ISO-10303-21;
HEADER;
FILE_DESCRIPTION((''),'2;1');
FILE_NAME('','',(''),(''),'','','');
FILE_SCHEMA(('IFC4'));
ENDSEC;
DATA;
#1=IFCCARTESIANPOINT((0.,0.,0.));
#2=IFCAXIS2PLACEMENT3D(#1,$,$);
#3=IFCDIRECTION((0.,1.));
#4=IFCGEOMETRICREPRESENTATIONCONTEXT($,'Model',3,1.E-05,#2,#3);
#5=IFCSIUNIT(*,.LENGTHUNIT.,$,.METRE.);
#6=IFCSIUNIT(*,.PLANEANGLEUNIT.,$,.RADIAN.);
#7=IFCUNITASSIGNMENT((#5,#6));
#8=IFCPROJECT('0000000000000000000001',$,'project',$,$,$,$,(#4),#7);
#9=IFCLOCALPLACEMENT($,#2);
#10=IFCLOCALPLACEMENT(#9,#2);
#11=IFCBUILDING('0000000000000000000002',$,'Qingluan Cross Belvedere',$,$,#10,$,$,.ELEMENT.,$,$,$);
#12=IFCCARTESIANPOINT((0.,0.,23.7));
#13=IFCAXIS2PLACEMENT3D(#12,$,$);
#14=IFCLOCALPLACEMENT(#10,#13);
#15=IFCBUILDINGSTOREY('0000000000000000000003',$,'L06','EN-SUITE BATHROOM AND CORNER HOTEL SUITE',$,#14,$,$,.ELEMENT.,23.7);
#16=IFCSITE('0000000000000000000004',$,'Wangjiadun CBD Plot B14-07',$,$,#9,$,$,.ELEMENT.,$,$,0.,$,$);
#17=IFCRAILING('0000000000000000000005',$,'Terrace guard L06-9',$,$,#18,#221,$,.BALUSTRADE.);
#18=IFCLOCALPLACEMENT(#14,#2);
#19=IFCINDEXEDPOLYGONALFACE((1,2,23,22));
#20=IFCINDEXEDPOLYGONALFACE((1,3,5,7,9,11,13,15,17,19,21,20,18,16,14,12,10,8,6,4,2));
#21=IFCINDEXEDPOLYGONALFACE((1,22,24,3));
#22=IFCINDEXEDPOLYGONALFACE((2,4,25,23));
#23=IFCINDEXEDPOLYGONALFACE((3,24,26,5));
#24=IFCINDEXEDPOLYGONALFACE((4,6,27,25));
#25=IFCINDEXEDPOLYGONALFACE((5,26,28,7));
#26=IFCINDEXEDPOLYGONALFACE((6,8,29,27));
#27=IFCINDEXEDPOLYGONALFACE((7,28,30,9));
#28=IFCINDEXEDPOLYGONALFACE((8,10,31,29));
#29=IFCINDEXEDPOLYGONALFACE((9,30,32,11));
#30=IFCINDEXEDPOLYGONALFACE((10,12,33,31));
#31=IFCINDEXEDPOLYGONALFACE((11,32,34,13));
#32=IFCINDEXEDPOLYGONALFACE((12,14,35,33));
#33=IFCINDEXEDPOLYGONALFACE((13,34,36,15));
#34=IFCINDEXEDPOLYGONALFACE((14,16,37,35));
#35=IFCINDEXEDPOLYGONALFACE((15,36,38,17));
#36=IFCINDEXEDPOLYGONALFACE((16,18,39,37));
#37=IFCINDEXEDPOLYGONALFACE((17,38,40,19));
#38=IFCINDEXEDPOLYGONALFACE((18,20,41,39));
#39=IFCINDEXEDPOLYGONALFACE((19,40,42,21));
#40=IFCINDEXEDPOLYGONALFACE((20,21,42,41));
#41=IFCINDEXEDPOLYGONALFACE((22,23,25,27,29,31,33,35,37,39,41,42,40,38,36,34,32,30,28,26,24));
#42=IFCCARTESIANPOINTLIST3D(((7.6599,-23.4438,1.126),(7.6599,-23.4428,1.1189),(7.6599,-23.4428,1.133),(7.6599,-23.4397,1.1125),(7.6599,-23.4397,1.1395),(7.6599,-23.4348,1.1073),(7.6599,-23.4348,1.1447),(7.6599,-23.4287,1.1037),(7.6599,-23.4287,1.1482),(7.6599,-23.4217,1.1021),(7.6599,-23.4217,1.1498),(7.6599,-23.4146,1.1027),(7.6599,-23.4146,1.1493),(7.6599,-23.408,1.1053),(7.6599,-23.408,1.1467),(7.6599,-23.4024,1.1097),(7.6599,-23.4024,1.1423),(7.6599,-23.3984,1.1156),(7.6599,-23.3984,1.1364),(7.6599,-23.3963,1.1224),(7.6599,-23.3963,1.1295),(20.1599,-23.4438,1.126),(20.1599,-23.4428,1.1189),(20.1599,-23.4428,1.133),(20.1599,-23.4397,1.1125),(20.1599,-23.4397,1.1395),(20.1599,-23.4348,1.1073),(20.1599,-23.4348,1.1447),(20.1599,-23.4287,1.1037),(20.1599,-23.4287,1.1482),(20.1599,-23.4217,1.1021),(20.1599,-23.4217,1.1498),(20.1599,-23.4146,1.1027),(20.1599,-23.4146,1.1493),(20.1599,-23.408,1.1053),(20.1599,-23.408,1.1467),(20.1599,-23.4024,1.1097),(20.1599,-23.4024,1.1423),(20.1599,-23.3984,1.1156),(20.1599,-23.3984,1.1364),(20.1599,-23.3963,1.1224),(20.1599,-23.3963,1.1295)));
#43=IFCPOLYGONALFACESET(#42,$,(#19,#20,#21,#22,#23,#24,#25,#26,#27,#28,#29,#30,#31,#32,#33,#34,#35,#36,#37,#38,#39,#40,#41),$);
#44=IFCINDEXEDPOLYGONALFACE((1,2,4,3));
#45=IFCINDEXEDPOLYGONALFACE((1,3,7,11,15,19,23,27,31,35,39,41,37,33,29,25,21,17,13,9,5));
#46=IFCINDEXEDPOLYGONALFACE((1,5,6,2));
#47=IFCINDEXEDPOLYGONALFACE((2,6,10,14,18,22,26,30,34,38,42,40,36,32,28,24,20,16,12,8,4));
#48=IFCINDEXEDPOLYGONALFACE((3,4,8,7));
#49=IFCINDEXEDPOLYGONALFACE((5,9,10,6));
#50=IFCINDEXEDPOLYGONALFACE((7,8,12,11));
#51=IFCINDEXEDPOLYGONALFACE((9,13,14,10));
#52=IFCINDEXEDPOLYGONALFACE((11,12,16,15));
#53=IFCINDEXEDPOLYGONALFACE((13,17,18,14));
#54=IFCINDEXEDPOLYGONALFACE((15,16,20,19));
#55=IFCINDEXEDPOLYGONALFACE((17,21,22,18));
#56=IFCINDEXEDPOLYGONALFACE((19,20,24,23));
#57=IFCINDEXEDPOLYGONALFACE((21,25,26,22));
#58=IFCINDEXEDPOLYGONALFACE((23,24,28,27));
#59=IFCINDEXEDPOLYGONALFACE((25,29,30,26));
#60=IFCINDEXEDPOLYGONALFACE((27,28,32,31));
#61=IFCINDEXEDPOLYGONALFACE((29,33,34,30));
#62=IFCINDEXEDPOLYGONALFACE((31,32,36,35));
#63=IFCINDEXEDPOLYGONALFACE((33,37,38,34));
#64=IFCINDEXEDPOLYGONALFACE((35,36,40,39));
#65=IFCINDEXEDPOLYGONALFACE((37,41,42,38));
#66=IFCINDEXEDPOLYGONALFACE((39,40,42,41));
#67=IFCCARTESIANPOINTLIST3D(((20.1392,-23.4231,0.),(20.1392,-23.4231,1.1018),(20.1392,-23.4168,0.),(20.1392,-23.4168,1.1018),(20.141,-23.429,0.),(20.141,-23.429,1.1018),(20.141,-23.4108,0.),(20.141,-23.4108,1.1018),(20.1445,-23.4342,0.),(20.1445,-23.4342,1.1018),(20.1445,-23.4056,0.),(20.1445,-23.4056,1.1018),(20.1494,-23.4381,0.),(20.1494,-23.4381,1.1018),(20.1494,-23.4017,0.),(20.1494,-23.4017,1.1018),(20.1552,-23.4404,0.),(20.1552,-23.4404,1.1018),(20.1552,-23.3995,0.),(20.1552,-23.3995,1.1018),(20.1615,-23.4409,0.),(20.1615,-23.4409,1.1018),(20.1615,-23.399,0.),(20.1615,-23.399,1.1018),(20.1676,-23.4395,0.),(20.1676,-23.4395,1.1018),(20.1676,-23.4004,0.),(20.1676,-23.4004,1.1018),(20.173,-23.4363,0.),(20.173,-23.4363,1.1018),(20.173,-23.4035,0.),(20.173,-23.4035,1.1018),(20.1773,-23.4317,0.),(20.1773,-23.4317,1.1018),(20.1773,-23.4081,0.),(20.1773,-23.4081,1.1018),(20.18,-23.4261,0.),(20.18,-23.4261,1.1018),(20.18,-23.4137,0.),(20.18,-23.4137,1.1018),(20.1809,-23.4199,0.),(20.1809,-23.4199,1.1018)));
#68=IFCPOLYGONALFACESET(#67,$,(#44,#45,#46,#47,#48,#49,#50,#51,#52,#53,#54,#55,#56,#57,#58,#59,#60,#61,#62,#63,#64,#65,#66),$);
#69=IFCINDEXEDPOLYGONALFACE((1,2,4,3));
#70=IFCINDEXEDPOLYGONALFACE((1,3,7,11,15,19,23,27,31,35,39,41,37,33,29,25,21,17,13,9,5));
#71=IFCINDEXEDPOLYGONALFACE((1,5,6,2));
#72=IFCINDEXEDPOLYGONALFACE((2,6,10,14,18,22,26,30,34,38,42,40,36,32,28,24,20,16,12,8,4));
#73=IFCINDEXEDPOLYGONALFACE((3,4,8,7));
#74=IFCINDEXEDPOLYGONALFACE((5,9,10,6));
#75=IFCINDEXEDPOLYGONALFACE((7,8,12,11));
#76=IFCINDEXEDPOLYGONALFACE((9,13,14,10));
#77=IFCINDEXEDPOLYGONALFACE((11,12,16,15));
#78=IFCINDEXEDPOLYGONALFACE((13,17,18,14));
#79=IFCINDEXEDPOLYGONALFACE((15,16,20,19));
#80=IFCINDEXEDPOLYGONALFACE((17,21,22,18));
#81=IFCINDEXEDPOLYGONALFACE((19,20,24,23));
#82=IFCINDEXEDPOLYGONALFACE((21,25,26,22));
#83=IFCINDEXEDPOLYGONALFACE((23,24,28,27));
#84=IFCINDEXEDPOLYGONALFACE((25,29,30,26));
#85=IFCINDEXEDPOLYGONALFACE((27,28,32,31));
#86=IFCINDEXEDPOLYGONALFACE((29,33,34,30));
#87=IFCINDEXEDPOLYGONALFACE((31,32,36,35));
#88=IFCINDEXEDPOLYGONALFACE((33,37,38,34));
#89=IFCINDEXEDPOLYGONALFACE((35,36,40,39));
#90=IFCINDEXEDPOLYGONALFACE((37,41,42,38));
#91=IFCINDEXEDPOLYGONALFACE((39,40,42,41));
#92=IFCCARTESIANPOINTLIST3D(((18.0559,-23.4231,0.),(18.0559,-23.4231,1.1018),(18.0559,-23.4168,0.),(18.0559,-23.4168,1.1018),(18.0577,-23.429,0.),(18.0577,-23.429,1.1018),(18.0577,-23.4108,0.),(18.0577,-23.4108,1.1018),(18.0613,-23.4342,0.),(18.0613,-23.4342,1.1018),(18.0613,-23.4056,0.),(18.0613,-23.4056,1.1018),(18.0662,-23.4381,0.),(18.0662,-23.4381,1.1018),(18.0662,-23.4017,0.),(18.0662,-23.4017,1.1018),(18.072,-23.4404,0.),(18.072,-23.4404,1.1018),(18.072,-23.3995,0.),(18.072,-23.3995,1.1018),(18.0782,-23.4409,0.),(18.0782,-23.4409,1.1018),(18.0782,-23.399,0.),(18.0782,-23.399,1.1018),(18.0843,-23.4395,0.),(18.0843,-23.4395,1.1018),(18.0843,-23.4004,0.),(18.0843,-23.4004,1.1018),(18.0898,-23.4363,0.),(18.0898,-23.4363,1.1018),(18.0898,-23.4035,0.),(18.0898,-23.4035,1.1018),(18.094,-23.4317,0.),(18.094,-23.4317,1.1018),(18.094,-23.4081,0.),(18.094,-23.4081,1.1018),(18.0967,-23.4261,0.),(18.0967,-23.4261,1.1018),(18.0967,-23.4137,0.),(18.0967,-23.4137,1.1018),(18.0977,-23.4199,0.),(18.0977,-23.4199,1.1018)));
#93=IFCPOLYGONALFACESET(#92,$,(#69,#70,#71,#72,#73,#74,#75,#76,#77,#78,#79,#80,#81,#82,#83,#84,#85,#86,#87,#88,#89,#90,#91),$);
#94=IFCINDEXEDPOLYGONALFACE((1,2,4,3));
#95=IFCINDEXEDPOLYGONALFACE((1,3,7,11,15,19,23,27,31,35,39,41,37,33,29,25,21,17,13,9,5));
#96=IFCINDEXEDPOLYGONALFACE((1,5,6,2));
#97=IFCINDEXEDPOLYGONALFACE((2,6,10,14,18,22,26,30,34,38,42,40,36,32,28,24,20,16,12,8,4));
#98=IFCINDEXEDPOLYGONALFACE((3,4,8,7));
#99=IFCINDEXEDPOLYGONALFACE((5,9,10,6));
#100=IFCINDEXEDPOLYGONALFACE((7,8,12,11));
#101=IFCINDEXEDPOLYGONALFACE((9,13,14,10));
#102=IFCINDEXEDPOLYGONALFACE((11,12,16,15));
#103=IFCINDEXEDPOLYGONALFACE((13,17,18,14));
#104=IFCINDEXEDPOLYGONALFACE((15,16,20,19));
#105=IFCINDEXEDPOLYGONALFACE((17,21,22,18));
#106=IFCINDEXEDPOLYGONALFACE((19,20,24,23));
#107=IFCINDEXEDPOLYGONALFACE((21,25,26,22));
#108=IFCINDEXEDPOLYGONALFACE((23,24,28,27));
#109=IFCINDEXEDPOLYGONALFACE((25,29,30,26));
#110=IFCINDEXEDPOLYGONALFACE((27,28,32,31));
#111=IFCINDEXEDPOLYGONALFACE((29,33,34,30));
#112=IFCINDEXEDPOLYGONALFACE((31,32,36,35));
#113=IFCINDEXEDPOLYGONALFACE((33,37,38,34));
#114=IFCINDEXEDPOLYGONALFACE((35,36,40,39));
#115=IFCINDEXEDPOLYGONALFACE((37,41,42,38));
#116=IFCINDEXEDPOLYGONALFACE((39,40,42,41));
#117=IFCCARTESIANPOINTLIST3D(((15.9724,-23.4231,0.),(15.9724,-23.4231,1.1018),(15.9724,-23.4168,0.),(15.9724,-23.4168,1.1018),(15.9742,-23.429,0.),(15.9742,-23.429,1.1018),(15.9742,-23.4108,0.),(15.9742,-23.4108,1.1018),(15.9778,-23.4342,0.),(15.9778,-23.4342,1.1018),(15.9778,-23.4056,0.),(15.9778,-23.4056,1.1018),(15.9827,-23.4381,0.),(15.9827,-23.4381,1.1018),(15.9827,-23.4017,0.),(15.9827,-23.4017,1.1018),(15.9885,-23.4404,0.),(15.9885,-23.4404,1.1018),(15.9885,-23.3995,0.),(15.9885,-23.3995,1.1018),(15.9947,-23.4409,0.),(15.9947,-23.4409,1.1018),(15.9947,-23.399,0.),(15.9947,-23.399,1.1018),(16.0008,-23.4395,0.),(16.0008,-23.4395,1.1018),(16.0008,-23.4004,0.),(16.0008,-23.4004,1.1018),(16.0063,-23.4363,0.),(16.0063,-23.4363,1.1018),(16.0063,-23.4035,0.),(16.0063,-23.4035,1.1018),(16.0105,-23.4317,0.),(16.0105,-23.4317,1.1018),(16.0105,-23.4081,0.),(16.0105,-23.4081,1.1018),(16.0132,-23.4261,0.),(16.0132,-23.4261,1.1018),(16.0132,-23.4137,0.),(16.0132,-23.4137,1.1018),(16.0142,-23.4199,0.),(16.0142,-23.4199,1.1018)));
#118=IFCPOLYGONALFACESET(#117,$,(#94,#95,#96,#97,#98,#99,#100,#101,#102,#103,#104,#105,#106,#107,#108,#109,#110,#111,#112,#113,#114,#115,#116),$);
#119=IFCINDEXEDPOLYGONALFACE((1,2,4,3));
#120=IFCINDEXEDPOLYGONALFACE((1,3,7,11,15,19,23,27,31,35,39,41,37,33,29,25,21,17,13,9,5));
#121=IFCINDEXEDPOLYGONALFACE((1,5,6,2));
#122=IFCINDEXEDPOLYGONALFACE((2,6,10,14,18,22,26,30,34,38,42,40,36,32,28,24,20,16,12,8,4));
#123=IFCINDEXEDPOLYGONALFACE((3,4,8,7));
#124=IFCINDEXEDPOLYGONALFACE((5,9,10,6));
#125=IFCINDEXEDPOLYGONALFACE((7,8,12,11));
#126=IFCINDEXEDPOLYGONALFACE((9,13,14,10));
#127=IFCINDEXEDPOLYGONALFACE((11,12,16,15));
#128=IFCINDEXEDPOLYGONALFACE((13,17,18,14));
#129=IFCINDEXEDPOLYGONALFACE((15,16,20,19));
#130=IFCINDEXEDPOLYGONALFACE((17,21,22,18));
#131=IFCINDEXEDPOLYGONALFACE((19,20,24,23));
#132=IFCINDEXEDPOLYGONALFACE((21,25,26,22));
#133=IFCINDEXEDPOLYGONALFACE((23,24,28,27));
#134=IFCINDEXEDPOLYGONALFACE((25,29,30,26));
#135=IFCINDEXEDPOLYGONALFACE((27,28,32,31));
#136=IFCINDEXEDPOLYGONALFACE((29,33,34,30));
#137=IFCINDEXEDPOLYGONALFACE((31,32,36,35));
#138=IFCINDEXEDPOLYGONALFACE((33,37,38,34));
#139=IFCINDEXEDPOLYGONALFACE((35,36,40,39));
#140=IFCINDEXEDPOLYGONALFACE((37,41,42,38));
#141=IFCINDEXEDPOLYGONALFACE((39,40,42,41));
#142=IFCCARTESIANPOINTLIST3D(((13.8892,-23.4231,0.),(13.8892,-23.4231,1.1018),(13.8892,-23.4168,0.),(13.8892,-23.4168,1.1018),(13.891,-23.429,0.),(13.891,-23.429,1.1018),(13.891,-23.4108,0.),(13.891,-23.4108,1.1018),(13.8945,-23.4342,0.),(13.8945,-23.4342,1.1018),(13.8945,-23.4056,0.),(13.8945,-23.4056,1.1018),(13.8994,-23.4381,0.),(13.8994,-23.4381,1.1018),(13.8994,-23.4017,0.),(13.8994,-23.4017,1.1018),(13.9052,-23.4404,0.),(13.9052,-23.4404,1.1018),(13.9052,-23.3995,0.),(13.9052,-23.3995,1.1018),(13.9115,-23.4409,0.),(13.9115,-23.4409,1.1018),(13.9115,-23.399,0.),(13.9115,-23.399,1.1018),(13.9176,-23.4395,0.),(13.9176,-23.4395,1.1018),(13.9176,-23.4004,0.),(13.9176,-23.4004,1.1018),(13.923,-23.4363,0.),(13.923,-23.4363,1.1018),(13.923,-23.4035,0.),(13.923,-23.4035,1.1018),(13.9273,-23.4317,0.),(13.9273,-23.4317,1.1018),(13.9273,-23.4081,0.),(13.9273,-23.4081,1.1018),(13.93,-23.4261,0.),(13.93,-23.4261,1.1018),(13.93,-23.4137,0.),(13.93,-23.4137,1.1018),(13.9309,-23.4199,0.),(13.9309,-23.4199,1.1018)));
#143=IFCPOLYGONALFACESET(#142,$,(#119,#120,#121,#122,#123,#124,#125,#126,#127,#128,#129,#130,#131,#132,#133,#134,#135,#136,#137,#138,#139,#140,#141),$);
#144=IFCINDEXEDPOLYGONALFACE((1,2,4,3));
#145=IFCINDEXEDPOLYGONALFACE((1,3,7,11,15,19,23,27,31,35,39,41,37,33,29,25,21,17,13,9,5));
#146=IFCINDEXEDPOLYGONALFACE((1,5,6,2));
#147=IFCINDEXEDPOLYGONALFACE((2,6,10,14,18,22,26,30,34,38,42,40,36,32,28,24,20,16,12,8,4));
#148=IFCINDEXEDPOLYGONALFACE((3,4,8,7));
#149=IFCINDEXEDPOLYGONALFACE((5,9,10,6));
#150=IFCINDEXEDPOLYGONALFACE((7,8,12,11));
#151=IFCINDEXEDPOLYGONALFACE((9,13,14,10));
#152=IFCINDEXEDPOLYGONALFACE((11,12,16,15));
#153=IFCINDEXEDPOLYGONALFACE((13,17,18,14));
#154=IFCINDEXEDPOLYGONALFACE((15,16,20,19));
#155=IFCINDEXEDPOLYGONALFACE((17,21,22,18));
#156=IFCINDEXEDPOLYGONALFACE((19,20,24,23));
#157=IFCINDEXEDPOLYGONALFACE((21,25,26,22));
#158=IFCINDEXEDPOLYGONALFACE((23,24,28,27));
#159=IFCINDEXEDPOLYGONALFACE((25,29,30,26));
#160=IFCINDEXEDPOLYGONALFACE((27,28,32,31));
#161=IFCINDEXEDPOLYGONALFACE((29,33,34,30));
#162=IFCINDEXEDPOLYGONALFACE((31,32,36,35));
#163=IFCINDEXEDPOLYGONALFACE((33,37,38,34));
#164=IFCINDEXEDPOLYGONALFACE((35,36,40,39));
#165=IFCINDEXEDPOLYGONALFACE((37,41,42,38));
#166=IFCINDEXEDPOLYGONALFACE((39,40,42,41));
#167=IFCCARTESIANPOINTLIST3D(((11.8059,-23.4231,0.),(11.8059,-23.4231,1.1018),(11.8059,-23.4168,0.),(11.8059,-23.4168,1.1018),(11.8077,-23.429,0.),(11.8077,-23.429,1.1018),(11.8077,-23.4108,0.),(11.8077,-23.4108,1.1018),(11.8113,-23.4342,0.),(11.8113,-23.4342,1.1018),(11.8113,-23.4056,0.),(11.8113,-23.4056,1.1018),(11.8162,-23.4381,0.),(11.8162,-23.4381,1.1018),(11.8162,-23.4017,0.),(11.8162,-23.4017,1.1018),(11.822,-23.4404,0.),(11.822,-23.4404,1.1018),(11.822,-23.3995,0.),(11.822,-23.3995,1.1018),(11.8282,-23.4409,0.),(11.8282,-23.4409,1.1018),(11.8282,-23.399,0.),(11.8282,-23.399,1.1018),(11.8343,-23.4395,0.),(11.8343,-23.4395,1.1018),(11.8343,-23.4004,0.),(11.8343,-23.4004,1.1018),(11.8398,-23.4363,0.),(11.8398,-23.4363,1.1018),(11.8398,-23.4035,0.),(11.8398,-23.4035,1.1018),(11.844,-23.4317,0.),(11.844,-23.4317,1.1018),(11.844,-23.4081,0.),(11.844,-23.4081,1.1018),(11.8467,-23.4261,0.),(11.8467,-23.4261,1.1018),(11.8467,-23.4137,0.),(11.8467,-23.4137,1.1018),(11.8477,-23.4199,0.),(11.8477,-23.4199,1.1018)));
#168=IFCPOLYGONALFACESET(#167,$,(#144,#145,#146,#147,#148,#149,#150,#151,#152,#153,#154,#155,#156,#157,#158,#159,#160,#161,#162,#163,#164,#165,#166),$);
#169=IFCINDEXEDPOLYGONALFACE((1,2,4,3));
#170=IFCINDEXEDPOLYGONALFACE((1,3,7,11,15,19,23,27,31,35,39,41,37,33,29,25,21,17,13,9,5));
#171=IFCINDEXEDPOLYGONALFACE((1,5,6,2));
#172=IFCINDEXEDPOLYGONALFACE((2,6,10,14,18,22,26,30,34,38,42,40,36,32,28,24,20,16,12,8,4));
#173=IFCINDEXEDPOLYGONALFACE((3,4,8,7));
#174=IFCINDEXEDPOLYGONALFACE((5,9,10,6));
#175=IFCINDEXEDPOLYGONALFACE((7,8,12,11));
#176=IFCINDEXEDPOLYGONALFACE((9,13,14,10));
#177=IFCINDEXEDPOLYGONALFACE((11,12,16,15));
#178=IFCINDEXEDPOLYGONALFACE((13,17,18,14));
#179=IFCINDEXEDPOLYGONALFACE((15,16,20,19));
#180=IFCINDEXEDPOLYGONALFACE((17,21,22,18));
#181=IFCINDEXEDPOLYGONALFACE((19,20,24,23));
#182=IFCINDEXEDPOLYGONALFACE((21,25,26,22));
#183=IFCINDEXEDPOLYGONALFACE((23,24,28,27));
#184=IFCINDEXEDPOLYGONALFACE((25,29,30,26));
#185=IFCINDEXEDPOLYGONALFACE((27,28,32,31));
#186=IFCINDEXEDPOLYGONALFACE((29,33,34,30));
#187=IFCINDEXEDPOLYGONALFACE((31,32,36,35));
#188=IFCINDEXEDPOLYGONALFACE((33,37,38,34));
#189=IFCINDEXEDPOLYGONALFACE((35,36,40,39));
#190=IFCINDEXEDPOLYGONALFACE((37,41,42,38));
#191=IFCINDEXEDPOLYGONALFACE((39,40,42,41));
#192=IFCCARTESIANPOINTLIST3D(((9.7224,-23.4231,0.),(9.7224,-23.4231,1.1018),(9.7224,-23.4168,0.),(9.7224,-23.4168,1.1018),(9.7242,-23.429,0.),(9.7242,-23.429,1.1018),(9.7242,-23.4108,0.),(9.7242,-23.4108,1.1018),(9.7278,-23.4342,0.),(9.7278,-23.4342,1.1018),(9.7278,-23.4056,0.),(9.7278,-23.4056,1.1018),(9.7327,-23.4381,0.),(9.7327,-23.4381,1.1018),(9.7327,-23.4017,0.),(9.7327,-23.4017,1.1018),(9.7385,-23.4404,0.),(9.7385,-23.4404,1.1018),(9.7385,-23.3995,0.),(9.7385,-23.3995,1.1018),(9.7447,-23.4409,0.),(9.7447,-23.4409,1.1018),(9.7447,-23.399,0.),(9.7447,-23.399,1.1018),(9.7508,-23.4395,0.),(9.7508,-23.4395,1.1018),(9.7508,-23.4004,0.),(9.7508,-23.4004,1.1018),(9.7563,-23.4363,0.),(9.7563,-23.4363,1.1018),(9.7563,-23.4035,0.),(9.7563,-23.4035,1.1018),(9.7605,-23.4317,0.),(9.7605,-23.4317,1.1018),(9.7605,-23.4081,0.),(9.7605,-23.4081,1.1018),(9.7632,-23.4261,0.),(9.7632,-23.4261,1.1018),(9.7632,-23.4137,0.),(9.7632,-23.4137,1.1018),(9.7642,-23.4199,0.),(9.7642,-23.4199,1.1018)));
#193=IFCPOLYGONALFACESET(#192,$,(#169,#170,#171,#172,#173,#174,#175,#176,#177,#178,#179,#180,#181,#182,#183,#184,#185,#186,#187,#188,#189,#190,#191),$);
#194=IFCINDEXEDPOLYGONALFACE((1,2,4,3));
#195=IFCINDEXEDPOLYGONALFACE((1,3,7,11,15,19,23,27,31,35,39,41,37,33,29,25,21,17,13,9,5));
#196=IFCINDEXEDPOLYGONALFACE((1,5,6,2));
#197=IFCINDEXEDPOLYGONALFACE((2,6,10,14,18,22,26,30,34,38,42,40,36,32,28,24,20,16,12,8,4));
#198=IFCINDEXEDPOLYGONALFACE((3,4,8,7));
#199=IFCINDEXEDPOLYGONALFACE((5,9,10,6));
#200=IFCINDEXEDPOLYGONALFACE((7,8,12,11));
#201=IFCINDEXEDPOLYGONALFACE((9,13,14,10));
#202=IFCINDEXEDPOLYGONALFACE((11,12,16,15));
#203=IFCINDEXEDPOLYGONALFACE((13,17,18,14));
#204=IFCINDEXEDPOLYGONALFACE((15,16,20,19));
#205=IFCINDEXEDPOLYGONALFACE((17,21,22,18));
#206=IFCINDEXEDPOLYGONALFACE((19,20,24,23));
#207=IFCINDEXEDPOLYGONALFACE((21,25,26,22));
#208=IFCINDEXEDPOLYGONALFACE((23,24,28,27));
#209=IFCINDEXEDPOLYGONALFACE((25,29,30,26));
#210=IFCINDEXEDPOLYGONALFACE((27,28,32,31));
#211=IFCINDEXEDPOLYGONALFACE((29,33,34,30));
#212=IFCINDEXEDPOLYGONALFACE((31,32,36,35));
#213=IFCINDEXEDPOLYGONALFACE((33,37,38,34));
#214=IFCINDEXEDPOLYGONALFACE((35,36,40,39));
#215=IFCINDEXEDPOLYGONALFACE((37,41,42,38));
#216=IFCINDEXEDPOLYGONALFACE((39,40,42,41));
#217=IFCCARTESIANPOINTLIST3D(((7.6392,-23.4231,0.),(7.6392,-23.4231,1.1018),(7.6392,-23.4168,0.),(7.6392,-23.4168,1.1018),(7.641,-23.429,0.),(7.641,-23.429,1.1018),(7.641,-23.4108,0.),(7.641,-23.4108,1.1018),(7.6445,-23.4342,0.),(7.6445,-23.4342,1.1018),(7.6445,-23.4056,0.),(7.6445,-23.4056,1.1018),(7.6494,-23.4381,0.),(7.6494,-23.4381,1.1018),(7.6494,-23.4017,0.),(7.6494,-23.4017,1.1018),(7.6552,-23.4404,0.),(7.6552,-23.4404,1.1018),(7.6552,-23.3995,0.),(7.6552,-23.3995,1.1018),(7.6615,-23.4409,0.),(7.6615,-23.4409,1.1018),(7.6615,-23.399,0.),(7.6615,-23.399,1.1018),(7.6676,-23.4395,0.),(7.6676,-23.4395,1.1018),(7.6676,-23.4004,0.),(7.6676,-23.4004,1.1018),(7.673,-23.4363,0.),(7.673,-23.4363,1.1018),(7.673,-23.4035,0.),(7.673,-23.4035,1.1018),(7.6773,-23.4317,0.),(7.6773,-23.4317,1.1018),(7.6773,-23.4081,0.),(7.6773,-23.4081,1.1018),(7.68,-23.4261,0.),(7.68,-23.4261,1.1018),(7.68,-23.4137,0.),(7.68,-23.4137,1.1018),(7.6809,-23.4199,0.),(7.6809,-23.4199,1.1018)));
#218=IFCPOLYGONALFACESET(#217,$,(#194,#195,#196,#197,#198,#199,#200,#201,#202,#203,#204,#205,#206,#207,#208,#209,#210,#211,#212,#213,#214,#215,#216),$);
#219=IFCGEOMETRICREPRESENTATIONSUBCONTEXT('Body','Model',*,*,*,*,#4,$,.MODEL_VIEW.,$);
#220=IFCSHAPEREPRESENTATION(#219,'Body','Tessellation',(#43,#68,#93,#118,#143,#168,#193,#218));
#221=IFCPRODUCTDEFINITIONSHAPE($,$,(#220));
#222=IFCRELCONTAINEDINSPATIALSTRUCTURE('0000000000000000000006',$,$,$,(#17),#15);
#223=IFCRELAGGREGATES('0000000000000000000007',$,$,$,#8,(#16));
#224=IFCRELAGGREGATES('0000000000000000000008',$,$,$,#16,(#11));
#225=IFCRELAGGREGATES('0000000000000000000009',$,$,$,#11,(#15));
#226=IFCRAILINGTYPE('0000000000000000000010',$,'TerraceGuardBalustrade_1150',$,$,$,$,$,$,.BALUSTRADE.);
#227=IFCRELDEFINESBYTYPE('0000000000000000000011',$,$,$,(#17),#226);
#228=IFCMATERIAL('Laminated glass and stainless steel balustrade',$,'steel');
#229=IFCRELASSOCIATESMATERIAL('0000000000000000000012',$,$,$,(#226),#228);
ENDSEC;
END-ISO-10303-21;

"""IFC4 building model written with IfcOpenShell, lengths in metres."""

from ifc_helpers import new_model, si_unit, direction, frame, origin, origin_2d, place, context, subcontext, project, spatial, circle, extrude, material, type_object, element, save


model = new_model("IFC4")

# Units and contexts
model_context = context("Model", 3, precision=1e-05, world=origin(), true_north=direction((0.0, 1.0)))
body_context = subcontext(model_context, "Body", "Model", "MODEL_VIEW")
ifc_project = project(units=[si_unit("LENGTHUNIT", "METRE"), si_unit("PLANEANGLEUNIT", "RADIAN")], contexts=[model_context])

# Site, building, storey
site_placement = place(None, origin())
site = spatial("IfcSite", under=ifc_project, at=site_placement, Name="Wangjiadun CBD Plot B14-07", CompositionType="ELEMENT", RefElevation=0.0)
building_placement = place(site_placement, origin())
building = spatial("IfcBuilding", under=site, at=building_placement, Name="Qingluan Cross Belvedere", CompositionType="ELEMENT")
storey_placement = place(building_placement, frame((0.0, 0.0, 23.7)))
storey = spatial("IfcBuildingStorey", under=building, at=storey_placement, Name="L06", Description="EN-SUITE BATHROOM AND CORNER HOTEL SUITE", CompositionType="ELEMENT", Elevation=23.7)

# Railing
ifc_material_1 = material(Name="Laminated glass and stainless steel balustrade", Category="steel")
railing_type = type_object("IfcRailingType", Name="TerraceGuardBalustrade_1150", PredefinedType="BALUSTRADE", material=ifc_material_1)
railing_1_placement = place(storey_placement, frame((20.1599, -23.4199, 0.0)))
element("IfcRailing", 1, at=railing_1_placement, inside=storey, type_object=railing_type, Name="Terrace guard L06-9", PredefinedType="BALUSTRADE", context=body_context, shape_type="SweptSolid", body=[
    extrude(circle(Radius=0.0239, at=origin_2d()), frame((0.0, 0.0, 1.126), z_axis=(-1.0, 0.0, 0.0), x_axis=(0.0, -1.0, 0.0)), (0.0, 0.0, 1.0), 12.5),
    extrude(circle(Radius=0.021, at=origin_2d()), origin(), (0.0, 0.0, 1.0), 1.1018),
    extrude(circle(Radius=0.021, at=origin_2d()), frame((-2.0833, 0.0, 0.0)), (0.0, 0.0, 1.0), 1.1018),
    extrude(circle(Radius=0.021, at=origin_2d()), frame((-4.1667, 0.0, 0.0)), (0.0, 0.0, 1.0), 1.1018),
    extrude(circle(Radius=0.021, at=origin_2d()), frame((-6.25, 0.0, 0.0)), (0.0, 0.0, 1.0), 1.1018),
    extrude(circle(Radius=0.021, at=origin_2d()), frame((-8.3333, 0.0, 0.0)), (0.0, 0.0, 1.0), 1.1018),
    extrude(circle(Radius=0.021, at=origin_2d()), frame((-10.4167, 0.0, 0.0)), (0.0, 0.0, 1.0), 1.1018),
    extrude(circle(Radius=0.021, at=origin_2d()), frame((-12.5, 0.0, 0.0)), (0.0, 0.0, 1.0), 1.1018),
])

save(model, "model.ifc")
